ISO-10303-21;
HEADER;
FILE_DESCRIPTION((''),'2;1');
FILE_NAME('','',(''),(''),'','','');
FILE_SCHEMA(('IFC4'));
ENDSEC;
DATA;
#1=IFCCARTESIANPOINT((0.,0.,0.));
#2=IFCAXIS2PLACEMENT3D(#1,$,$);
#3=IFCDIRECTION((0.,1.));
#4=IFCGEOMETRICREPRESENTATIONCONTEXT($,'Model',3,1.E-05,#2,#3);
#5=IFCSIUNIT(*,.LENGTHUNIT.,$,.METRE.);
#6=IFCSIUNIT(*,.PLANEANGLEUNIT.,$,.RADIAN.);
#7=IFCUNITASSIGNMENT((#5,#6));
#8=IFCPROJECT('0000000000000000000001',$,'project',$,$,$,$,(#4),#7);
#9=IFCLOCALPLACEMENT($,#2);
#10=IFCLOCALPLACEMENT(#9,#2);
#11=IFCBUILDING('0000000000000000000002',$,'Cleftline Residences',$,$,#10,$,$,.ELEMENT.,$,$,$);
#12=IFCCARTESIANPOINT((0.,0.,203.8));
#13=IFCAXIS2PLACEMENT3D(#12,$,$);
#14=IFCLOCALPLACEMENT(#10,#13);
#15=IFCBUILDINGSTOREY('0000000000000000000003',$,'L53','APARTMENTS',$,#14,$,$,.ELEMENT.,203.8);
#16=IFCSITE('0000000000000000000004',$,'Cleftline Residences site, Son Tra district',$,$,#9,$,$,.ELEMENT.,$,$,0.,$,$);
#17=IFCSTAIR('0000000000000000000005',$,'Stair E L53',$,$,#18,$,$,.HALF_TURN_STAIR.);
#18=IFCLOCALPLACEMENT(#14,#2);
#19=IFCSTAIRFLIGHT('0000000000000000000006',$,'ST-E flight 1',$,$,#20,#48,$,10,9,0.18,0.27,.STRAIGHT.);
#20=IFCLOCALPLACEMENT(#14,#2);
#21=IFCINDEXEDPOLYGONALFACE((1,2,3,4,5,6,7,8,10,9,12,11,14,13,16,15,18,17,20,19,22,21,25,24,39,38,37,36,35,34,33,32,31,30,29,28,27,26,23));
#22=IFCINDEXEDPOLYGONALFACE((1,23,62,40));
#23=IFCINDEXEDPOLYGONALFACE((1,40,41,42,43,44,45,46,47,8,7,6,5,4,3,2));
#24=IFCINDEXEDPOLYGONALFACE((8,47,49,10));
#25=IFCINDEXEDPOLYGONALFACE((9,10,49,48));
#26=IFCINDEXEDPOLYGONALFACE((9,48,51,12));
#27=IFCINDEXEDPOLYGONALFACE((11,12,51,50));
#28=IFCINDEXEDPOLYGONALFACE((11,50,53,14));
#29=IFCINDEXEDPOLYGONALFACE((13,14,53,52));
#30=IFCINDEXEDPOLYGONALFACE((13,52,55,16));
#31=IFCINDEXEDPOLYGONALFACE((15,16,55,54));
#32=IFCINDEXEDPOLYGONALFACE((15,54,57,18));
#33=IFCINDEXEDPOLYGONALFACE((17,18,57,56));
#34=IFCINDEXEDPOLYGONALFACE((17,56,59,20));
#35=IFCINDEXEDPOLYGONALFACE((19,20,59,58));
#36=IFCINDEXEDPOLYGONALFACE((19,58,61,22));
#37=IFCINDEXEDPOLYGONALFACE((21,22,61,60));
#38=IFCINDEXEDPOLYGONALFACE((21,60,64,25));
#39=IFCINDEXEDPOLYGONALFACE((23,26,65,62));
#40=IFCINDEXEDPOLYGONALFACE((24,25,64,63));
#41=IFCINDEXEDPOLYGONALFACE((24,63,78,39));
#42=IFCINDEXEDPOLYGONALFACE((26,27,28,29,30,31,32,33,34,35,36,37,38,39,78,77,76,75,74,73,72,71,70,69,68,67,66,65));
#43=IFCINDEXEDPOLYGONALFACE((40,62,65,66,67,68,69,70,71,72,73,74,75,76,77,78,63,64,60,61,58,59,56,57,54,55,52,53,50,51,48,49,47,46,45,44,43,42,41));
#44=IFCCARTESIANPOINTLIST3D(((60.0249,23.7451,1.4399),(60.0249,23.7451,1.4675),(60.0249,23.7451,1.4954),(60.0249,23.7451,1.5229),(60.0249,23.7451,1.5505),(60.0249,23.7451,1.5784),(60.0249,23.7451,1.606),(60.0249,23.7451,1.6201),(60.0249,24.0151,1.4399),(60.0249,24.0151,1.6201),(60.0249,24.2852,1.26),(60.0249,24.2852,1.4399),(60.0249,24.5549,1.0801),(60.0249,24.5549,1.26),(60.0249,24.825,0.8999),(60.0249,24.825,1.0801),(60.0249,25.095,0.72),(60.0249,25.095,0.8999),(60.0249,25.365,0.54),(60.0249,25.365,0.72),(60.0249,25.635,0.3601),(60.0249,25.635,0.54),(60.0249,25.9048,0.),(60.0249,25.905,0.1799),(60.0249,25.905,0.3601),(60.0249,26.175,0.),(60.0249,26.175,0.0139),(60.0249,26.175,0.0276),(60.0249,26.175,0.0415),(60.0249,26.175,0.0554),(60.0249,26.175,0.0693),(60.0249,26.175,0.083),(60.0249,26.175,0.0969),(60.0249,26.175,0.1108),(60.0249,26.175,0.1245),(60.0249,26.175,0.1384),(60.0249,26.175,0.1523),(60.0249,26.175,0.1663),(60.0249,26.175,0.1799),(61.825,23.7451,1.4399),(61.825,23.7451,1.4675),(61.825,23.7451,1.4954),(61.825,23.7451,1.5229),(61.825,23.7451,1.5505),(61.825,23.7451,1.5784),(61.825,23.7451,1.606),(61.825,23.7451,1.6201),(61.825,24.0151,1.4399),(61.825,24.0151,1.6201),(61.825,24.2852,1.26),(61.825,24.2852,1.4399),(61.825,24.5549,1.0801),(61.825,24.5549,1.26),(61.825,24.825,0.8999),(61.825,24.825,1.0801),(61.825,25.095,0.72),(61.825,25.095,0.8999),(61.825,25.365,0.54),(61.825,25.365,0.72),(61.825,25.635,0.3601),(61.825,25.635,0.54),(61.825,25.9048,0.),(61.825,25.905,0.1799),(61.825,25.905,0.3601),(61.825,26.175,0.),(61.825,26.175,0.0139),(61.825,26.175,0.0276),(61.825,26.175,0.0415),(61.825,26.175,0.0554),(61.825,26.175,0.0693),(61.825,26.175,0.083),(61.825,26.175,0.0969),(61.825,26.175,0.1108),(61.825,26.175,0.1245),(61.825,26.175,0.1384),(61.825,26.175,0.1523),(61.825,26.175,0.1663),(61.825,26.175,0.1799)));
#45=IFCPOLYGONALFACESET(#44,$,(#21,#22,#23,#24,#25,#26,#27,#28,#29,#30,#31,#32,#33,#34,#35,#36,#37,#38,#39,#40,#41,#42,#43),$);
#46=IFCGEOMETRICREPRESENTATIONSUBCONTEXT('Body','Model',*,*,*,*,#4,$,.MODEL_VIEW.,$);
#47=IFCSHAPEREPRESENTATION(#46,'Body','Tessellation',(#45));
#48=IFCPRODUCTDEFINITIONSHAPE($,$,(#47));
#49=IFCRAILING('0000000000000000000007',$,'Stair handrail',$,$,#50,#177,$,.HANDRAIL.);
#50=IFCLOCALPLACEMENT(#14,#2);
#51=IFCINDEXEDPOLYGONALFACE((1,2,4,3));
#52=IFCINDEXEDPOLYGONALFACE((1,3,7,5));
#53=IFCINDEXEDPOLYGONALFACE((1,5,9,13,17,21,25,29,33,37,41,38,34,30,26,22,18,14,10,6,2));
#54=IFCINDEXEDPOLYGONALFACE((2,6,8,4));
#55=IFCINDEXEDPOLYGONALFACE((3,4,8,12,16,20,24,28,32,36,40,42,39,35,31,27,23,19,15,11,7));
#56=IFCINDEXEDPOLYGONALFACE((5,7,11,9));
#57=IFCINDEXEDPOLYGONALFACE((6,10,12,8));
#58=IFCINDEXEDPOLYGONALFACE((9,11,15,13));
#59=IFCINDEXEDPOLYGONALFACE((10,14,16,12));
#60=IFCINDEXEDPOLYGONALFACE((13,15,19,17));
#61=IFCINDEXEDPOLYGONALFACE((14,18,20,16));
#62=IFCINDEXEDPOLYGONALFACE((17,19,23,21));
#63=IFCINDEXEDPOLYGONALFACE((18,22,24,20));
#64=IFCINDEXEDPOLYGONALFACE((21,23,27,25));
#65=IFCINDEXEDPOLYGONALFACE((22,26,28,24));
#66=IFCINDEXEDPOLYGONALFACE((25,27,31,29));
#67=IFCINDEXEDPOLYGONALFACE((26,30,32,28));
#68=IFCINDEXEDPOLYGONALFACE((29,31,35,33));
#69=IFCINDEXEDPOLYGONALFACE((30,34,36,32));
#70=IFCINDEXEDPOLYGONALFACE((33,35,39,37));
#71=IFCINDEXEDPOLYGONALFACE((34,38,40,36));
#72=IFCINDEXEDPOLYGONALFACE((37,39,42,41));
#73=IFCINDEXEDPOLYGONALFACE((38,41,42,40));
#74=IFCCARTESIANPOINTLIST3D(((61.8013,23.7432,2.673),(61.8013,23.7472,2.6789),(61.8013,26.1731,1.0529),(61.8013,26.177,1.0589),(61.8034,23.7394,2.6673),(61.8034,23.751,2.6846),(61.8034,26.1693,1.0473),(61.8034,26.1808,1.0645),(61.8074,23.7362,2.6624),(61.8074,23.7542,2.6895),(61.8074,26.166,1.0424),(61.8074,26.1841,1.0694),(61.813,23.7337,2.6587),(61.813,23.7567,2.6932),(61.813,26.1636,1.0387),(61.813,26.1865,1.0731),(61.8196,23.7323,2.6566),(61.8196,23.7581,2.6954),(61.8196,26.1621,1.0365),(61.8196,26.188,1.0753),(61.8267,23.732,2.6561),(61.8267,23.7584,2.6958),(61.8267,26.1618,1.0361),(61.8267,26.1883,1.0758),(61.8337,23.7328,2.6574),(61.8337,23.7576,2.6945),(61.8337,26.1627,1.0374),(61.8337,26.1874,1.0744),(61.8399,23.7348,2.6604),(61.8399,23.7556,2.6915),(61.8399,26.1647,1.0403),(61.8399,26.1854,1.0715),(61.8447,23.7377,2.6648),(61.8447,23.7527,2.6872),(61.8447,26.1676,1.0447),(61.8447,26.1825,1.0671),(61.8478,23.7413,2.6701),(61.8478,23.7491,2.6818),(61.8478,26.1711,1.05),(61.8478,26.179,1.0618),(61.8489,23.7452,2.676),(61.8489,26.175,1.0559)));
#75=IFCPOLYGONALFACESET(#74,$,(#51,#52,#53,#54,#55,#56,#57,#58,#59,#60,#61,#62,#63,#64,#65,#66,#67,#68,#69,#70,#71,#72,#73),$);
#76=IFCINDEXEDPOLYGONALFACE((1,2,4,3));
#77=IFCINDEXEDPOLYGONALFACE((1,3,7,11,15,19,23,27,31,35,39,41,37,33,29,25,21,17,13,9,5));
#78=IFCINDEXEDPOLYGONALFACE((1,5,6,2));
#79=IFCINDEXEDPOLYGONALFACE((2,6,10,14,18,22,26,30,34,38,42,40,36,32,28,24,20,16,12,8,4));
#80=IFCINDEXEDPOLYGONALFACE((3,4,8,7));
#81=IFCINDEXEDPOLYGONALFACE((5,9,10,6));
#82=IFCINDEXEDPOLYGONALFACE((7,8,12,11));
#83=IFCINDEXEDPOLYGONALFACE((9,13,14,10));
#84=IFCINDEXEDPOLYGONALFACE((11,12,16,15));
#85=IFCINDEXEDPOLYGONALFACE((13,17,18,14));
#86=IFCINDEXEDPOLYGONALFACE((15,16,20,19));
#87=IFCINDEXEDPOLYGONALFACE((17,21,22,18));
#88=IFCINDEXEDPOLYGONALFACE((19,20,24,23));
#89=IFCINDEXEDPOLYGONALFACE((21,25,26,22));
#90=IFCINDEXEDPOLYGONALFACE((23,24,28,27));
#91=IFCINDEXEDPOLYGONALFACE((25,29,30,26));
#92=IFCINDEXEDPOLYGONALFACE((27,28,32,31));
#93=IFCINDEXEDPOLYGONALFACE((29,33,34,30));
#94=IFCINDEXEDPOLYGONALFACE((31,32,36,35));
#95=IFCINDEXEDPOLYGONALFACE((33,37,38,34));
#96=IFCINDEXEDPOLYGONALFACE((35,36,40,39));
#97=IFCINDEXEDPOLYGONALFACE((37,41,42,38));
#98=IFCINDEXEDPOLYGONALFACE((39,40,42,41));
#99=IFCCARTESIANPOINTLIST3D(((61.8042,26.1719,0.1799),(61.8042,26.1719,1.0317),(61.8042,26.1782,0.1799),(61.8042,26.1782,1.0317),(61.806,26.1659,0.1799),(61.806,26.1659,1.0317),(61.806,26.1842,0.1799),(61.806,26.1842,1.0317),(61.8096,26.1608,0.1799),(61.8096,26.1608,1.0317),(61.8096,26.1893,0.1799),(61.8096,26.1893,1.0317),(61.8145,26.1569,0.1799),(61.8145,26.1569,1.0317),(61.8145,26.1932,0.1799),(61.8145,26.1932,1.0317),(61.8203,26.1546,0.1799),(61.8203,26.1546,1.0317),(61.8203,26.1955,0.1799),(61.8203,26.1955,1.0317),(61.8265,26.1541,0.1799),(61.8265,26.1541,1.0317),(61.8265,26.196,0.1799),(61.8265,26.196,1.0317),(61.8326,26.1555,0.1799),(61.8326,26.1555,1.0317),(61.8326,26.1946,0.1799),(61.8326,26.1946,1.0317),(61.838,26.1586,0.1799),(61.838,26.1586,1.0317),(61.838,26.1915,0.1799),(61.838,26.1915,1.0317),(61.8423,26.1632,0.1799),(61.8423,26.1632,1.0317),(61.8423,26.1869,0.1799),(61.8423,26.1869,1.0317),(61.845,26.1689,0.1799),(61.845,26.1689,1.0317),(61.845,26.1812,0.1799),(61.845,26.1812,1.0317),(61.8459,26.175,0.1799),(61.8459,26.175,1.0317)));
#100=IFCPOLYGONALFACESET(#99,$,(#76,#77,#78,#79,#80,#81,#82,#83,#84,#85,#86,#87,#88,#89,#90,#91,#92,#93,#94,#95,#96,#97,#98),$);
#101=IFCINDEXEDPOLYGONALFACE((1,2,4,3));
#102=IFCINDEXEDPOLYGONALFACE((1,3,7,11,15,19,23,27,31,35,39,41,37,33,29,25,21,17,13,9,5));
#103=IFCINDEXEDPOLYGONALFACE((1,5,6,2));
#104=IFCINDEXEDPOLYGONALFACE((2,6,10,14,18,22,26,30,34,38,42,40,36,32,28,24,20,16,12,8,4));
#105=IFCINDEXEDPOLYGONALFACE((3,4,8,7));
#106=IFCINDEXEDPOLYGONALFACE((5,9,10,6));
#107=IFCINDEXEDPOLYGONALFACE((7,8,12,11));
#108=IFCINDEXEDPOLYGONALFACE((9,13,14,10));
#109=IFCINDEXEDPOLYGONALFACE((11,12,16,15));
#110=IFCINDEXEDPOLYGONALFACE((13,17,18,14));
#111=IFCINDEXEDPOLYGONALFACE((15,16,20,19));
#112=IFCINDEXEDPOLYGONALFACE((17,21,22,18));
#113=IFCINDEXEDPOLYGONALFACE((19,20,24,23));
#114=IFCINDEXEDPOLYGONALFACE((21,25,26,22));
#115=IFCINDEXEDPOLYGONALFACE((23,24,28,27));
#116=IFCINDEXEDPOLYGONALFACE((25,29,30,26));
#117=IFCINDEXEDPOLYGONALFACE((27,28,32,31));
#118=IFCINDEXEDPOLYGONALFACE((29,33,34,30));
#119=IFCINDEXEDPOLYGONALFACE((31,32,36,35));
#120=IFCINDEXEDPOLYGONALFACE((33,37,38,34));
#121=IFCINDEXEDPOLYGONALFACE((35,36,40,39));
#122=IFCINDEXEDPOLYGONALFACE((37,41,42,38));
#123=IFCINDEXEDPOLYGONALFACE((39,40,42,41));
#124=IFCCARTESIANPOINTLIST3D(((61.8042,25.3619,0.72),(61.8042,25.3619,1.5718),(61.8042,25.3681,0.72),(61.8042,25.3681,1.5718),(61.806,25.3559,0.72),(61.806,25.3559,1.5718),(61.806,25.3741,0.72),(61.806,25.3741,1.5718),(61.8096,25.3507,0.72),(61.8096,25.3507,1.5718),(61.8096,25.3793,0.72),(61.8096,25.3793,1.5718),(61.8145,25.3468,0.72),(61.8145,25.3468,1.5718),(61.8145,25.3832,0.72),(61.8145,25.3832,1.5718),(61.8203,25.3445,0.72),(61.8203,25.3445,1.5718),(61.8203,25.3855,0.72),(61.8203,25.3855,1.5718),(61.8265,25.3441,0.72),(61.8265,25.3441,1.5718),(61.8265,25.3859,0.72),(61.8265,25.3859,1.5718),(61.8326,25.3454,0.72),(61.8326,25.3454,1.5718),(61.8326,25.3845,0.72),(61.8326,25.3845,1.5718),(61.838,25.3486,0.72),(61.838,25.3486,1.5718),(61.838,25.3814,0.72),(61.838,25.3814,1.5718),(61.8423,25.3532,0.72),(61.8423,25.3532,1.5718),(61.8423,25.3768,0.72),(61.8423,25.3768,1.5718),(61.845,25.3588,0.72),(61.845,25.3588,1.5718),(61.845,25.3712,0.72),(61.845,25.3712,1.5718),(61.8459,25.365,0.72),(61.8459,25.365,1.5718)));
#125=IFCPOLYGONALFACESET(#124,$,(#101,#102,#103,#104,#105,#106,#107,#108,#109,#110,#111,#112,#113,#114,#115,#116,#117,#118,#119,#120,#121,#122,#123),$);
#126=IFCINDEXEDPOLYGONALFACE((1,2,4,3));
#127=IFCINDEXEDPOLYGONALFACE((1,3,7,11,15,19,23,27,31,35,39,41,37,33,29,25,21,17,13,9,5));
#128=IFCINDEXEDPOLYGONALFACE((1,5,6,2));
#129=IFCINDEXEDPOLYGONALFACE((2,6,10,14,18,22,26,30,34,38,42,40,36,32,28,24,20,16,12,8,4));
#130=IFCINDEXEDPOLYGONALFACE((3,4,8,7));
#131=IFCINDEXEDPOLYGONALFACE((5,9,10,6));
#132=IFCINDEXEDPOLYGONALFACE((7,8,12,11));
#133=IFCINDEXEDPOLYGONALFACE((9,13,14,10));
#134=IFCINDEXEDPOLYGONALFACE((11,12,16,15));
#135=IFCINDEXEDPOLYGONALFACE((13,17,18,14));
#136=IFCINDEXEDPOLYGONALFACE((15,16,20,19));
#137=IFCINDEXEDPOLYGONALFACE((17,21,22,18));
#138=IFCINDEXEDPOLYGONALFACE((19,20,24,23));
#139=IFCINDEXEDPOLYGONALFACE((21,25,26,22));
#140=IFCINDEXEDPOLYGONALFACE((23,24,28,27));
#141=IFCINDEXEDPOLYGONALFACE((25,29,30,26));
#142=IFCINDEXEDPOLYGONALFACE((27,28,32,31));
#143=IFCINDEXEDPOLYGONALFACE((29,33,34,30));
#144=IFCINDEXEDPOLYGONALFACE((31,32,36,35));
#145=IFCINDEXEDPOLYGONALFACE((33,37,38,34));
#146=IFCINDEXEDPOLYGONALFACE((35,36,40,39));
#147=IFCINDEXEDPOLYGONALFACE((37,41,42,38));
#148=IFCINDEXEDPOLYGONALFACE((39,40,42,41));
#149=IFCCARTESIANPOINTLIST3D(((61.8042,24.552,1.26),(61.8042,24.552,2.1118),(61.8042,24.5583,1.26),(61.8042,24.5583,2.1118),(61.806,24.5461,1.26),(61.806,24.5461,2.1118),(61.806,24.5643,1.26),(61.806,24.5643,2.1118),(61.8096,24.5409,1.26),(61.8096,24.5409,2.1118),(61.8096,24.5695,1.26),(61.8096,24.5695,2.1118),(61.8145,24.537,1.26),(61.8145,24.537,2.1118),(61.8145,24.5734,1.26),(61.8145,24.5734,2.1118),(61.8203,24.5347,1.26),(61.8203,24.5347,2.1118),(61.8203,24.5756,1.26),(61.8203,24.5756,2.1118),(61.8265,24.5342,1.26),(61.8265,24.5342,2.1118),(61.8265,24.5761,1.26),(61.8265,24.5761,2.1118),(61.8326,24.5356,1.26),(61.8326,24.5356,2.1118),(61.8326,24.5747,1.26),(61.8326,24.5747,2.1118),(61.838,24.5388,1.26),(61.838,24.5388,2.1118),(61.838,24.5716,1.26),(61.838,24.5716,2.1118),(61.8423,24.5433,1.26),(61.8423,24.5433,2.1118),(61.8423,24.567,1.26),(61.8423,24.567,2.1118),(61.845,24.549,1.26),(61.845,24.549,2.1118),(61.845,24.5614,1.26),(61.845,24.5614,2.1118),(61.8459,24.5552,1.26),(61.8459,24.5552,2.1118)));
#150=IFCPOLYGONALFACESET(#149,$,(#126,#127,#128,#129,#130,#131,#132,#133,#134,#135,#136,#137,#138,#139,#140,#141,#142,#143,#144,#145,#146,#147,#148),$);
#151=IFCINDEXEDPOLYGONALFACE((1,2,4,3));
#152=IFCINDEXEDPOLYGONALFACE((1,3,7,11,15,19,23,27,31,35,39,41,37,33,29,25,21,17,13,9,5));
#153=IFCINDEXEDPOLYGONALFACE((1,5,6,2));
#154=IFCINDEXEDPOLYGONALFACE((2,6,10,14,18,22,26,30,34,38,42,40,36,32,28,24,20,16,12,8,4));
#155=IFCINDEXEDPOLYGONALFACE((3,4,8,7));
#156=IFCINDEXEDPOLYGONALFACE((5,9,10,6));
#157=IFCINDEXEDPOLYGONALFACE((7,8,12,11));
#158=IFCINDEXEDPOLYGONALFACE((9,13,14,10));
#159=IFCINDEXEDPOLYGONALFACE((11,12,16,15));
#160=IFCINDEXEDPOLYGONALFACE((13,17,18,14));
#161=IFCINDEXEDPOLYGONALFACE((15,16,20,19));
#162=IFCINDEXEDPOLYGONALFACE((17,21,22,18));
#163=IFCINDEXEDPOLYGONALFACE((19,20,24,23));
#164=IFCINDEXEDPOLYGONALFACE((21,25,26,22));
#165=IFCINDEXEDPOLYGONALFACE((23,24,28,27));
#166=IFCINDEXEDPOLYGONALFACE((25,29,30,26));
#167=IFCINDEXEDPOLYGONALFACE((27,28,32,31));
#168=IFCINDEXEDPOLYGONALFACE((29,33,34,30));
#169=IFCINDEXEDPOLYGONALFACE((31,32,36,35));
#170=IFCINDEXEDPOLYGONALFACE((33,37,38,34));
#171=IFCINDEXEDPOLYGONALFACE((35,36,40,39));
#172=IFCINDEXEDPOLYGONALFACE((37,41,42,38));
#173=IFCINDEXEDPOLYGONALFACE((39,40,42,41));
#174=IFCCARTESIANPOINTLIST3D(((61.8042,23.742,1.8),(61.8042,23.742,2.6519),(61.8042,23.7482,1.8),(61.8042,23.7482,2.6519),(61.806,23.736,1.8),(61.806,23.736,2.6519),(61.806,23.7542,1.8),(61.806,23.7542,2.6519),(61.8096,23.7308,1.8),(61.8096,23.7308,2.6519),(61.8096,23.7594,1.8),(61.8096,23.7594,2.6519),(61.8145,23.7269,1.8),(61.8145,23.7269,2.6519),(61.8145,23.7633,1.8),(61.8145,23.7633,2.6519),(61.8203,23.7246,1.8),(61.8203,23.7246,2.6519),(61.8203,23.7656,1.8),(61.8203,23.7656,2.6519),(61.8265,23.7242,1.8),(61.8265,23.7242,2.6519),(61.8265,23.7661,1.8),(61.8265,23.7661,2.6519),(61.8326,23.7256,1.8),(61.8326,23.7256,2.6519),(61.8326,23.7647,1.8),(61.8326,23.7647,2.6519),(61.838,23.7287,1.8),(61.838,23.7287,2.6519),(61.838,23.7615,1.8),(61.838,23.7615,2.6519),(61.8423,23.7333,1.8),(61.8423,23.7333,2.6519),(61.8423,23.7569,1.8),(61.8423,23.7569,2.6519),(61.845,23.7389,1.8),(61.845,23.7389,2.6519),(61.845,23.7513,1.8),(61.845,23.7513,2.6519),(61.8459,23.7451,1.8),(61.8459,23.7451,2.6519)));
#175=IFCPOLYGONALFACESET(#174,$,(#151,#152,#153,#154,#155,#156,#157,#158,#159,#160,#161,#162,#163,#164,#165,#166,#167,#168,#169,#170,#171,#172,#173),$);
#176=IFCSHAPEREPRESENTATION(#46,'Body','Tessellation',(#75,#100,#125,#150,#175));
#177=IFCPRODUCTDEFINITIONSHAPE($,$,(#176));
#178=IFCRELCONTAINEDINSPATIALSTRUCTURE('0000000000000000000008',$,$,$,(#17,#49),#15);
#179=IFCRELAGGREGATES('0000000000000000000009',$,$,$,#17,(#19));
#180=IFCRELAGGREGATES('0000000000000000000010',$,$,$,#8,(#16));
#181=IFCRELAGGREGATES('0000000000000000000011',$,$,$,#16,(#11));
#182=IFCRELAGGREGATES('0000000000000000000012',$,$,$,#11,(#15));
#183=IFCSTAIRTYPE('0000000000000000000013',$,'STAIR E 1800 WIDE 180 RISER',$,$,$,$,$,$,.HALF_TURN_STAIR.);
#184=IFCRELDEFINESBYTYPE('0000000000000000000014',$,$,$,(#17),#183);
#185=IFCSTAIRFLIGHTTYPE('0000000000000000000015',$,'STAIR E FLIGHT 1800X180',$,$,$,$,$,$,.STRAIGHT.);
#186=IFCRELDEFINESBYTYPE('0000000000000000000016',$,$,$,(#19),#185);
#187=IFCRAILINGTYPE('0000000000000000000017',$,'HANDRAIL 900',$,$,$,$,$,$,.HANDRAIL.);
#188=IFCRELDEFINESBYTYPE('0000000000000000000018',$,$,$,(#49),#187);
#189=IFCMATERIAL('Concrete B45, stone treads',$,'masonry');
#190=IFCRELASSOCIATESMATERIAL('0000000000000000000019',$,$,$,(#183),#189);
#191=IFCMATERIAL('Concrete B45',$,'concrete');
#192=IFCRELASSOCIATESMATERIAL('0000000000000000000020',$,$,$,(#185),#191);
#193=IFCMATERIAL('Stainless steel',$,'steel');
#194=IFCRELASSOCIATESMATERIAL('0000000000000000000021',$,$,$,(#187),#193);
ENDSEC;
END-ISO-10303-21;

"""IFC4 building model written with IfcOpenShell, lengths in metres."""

from ifc_helpers import new_model, si_unit, direction, frame, origin, origin_2d, place, context, subcontext, project, spatial, polyline, circle, outline, extrude, material, type_object, element, aggregate, save


model = new_model("IFC4")

# Units and contexts
model_context = context("Model", 3, precision=1e-05, world=origin(), true_north=direction((0.0, 1.0)))
body_context = subcontext(model_context, "Body", "Model", "MODEL_VIEW")
ifc_project = project(units=[si_unit("LENGTHUNIT", "METRE"), si_unit("PLANEANGLEUNIT", "RADIAN")], contexts=[model_context])

# Site, building, storey
site_placement = place(None, origin())
site = spatial("IfcSite", under=ifc_project, at=site_placement, Name="Cleftline Residences site, Son Tra district", CompositionType="ELEMENT", RefElevation=0.0)
building_placement = place(site_placement, origin())
building = spatial("IfcBuilding", under=site, at=building_placement, Name="Cleftline Residences", CompositionType="ELEMENT")
storey_placement = place(building_placement, frame((0.0, 0.0, 203.8)))
storey = spatial("IfcBuildingStorey", under=building, at=storey_placement, Name="L53", Description="APARTMENTS", CompositionType="ELEMENT", Elevation=203.8)

# Stair, stair flight
ifc_material_1 = material(Name="Concrete B45, stone treads", Category="masonry")
stair_type = type_object("IfcStairType", Name="STAIR E 1800 WIDE 180 RISER", PredefinedType="HALF_TURN_STAIR", material=ifc_material_1)
stair_placement = place(storey_placement, origin())
stair = element("IfcStair", 1, at=stair_placement, inside=storey, type_object=stair_type, Name="Stair E L53", PredefinedType="HALF_TURN_STAIR")
ifc_material_2 = material(Name="Concrete B45", Category="concrete")
stair_flight_type = type_object("IfcStairFlightType", Name="STAIR E FLIGHT 1800X180", PredefinedType="STRAIGHT", material=ifc_material_2)
stair_flight_placement = place(storey_placement, frame((60.925, 26.175, 0.0), z_axis=(0.0, 0.0, 1.0), x_axis=(0.0, -1.0, 0.0)))
stair_flight = element("IfcStairFlight", 2, at=stair_flight_placement, type_object=stair_flight_type, Name="ST-E flight 1", NumberOfRisers=10, NumberOfTreads=9, PredefinedType="STRAIGHT", RiserHeight=0.18, TreadLength=0.27, context=body_context, shape_type="SweptSolid", body=[
    extrude(outline(polyline([(0.0, 0.0), (0.0, 0.0139), (0.0, 0.0276), (0.0, 0.0415), (0.0, 0.0554), (0.0, 0.0693), (0.0, 0.083), (0.0, 0.0969), (0.0, 0.1108), (0.0, 0.1245), (0.0, 0.1384), (0.0, 0.1523), (0.0, 0.1663), (0.0, 0.1799), (0.27, 0.1799), (0.27, 0.3601), (0.54, 0.3601), (0.54, 0.54), (0.8101, 0.54), (0.8101, 0.72), (1.0801, 0.72), (1.0801, 0.8999), (1.3501, 0.8999), (1.3501, 1.0801), (1.6201, 1.0801), (1.6201, 1.26), (1.8899, 1.26), (1.8899, 1.4399), (2.1599, 1.4399), (2.1599, 1.6201), (2.4299, 1.6201), (2.4299, 1.8), (2.4299, 1.7722), (2.4299, 1.7446), (2.4299, 1.7168), (2.4299, 1.6892), (2.4299, 1.6614), (2.4299, 1.6338), (2.4299, 1.606), (2.4299, 1.5784), (2.4299, 1.5505), (2.4299, 1.5229), (2.4299, 1.4954), (2.4299, 1.4675), (2.4299, 1.4399), (0.2703, 0.0), (0.0, 0.0)])), frame((0.0, 0.8999, 0.0), z_axis=(0.0, -1.0, 0.0), x_axis=(1.0, 0.0, 0.0)), (0.0, 0.0, 1.0), 1.8),
])
aggregate(stair, [stair_flight])

# Railing
ifc_material_3 = material(Name="Stainless steel", Category="steel")
railing_type = type_object("IfcRailingType", Name="HANDRAIL 900", PredefinedType="HANDRAIL", material=ifc_material_3)
railing_placement = place(storey_placement, frame((61.825, 26.175, 0.1799)))
element("IfcRailing", 3, at=railing_placement, inside=storey, type_object=railing_type, Name="Stair handrail", PredefinedType="HANDRAIL", context=body_context, shape_type="SweptSolid", body=[
    extrude(circle(Radius=0.0239, at=origin_2d()), frame((0.0, 0.0, 0.876), z_axis=(0.0, -0.832025, 0.554739), x_axis=(1.0, 0.0, 0.0)), (0.0, 0.0, 1.0), 2.9204),
    extrude(circle(Radius=0.021, at=origin_2d()), origin(), (0.0, 0.0, 1.0), 0.8518),
    extrude(circle(Radius=0.021, at=origin_2d()), frame((0.0, -0.8101, 0.54)), (0.0, 0.0, 1.0), 0.8518),
    extrude(circle(Radius=0.021, at=origin_2d()), frame((0.0, -1.6199, 1.0801)), (0.0, 0.0, 1.0), 0.8518),
    extrude(circle(Radius=0.021, at=origin_2d()), frame((0.0, -2.4299, 1.6201)), (0.0, 0.0, 1.0), 0.8518),
])

save(model, "model.ifc")
